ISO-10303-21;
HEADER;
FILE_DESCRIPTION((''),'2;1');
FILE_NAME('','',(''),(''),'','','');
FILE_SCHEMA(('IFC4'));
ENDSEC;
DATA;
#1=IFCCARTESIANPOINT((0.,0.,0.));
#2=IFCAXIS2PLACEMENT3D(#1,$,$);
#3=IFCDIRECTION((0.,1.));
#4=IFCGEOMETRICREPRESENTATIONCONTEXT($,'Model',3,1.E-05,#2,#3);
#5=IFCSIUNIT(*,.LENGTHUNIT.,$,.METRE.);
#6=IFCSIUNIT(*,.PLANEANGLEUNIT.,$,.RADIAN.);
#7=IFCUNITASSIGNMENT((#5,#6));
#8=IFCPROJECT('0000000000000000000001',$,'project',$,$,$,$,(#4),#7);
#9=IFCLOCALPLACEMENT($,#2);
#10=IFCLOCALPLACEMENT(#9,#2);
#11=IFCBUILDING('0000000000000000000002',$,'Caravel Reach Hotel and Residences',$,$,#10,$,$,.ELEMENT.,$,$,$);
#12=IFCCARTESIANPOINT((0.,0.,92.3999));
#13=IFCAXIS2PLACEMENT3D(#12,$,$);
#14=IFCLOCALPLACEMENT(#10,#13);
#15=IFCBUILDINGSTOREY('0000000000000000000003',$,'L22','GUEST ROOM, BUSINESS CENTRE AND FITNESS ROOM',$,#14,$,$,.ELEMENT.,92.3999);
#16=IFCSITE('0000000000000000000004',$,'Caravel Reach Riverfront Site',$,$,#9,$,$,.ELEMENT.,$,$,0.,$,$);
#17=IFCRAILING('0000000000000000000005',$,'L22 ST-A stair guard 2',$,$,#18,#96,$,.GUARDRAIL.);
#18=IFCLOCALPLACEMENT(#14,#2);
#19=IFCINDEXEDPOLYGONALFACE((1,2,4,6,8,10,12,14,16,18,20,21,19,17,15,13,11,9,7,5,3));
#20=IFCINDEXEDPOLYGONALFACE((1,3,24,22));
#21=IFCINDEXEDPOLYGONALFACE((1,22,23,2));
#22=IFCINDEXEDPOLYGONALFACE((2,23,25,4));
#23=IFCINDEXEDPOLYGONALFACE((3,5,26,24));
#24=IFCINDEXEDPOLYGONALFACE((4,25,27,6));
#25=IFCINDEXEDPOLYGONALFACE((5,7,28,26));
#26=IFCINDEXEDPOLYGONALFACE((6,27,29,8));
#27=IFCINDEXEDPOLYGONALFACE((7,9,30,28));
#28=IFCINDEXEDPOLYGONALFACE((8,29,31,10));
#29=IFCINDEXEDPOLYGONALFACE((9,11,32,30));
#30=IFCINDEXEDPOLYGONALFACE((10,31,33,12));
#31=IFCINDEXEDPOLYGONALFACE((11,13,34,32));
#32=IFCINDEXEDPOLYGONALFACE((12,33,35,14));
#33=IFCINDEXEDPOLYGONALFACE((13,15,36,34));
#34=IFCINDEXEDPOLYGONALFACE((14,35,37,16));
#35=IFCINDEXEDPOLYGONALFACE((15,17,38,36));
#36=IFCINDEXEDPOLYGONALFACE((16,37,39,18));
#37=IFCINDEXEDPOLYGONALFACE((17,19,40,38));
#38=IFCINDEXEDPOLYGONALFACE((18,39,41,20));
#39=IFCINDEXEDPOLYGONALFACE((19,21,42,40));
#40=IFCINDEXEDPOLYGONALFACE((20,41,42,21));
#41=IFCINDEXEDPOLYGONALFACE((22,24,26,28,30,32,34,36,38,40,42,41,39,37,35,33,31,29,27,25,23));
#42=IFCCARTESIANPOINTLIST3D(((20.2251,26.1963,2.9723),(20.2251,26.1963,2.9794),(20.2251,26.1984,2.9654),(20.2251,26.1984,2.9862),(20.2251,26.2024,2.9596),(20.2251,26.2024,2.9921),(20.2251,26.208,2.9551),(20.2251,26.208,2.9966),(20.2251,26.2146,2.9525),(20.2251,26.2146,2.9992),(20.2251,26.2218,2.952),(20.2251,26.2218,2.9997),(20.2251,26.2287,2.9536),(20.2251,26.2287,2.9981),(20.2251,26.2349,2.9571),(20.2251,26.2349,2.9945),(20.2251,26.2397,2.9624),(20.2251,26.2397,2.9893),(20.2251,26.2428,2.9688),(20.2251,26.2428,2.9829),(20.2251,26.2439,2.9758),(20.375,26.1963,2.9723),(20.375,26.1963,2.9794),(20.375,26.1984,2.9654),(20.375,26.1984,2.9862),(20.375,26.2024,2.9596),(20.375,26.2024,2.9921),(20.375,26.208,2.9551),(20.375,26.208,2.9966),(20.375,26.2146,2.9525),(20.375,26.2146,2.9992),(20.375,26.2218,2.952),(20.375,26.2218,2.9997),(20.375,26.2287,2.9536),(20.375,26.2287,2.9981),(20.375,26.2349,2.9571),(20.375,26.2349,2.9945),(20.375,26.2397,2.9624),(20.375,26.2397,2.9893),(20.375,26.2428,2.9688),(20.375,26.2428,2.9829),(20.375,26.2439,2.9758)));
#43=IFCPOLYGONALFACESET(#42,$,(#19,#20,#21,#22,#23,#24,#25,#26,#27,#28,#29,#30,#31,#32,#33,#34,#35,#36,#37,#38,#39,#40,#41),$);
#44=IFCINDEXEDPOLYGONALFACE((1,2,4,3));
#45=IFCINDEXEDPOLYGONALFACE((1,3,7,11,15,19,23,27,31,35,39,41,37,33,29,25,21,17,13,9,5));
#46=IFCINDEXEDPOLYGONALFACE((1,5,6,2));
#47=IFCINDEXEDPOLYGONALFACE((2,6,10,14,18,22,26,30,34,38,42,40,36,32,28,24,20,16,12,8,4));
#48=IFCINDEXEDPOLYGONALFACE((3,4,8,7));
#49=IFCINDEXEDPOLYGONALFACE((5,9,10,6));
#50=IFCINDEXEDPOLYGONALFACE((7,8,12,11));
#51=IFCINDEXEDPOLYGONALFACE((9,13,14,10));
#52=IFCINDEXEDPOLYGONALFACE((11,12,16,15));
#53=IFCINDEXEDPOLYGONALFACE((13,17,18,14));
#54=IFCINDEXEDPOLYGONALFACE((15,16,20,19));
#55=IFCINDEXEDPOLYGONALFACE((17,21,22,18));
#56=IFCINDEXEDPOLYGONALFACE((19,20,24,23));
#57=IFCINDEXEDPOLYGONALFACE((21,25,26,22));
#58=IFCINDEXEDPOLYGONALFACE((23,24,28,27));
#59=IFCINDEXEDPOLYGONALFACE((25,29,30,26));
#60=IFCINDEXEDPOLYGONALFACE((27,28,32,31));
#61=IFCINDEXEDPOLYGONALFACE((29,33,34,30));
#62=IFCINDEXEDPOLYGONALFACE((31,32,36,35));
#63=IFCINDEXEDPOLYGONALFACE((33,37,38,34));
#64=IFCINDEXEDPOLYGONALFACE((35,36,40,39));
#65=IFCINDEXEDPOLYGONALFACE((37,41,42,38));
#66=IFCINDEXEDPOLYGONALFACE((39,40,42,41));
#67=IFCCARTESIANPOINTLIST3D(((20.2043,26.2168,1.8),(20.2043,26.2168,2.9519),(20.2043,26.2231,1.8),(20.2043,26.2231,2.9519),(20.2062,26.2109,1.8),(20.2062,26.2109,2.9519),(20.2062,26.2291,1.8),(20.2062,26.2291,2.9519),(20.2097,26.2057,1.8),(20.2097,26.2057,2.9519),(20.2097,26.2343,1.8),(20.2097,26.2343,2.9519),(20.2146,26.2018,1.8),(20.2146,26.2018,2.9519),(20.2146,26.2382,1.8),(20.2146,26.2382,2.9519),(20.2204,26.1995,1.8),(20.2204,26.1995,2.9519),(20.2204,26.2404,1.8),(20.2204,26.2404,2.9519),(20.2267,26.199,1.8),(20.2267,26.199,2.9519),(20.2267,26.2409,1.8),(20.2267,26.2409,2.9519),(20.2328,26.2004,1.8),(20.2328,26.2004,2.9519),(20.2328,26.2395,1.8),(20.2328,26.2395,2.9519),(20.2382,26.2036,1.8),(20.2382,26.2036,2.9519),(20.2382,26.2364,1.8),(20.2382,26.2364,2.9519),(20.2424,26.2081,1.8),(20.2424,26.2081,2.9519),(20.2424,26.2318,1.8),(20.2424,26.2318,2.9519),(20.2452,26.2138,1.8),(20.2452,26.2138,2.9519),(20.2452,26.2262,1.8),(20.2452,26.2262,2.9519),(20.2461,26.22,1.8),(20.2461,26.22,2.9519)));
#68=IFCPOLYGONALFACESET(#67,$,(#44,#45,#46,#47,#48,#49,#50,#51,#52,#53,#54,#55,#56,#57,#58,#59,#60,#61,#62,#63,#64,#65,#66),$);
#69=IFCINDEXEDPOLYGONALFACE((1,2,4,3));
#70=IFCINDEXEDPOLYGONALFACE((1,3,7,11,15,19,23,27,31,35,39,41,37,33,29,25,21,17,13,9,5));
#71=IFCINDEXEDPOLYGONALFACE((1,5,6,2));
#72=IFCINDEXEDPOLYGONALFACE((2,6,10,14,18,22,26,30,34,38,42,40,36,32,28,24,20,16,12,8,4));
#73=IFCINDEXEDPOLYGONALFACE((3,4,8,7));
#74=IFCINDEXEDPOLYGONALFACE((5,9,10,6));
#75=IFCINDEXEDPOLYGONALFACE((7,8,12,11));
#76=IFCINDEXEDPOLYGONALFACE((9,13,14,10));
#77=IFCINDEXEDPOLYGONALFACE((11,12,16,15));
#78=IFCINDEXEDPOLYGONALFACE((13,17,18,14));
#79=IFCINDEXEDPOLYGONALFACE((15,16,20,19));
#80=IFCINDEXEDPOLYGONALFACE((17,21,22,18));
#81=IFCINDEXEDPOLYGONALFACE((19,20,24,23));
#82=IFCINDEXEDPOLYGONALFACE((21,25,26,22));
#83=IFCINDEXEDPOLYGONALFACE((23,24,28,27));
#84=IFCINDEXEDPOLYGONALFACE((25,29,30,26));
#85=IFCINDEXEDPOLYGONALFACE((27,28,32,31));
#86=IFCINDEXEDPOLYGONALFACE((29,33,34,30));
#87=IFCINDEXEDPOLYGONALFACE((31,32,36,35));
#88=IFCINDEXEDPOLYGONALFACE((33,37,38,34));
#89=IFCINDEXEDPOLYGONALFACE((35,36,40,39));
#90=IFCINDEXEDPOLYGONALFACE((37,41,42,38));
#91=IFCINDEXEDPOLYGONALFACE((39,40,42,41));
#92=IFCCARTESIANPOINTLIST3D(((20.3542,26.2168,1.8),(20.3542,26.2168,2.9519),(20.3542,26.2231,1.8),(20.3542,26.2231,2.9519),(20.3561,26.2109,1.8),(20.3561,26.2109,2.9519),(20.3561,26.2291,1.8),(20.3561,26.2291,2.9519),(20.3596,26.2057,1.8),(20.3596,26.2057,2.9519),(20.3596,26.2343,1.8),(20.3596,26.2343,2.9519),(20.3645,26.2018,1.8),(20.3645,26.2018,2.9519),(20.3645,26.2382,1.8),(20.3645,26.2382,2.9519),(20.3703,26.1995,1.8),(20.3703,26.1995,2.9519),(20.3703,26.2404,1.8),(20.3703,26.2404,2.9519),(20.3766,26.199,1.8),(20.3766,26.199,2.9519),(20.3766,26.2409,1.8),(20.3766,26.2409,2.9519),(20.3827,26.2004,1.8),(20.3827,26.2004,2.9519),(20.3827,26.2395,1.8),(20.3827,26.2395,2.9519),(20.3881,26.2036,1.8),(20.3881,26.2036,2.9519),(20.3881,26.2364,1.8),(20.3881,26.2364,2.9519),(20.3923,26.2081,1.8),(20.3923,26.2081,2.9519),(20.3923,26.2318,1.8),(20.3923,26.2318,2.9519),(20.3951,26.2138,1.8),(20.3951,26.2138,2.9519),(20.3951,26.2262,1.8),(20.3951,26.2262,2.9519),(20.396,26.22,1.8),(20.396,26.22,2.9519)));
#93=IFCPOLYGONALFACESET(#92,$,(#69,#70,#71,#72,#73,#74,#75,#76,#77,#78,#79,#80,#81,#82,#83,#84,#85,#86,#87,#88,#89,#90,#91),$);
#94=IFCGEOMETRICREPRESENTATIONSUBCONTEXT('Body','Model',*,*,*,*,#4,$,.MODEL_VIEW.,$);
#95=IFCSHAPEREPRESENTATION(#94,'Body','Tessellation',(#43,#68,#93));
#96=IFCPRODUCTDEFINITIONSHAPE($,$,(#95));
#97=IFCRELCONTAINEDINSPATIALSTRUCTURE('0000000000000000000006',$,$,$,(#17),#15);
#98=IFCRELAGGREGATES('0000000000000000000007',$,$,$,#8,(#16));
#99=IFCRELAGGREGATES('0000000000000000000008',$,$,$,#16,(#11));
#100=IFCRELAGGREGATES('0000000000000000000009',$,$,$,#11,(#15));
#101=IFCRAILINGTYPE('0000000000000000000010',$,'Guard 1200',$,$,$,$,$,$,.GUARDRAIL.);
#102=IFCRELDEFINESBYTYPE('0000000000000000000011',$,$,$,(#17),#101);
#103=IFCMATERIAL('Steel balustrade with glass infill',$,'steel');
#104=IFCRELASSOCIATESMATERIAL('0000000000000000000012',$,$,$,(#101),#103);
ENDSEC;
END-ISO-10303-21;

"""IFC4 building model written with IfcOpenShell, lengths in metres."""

from ifc_helpers import new_model, si_unit, direction, frame, origin, origin_2d, place, context, subcontext, project, spatial, circle, extrude, material, type_object, element, save


model = new_model("IFC4")

# Units and contexts
model_context = context("Model", 3, precision=1e-05, world=origin(), true_north=direction((0.0, 1.0)))
body_context = subcontext(model_context, "Body", "Model", "MODEL_VIEW")
ifc_project = project(units=[si_unit("LENGTHUNIT", "METRE"), si_unit("PLANEANGLEUNIT", "RADIAN")], contexts=[model_context])

# Site, building, storey
site_placement = place(None, origin())
site = spatial("IfcSite", under=ifc_project, at=site_placement, Name="Caravel Reach Riverfront Site", CompositionType="ELEMENT", RefElevation=0.0)
building_placement = place(site_placement, origin())
building = spatial("IfcBuilding", under=site, at=building_placement, Name="Caravel Reach Hotel and Residences", CompositionType="ELEMENT")
storey_placement = place(building_placement, frame((0.0, 0.0, 92.3999)))
storey = spatial("IfcBuildingStorey", under=building, at=storey_placement, Name="L22", Description="GUEST ROOM, BUSINESS CENTRE AND FITNESS ROOM", CompositionType="ELEMENT", Elevation=92.3999)

# Railing
ifc_material_1 = material(Name="Steel balustrade with glass infill", Category="steel")
railing_type_1 = type_object("IfcRailingType", Name="Guard 1200", PredefinedType="GUARDRAIL", material=ifc_material_1)
railing_1_placement = place(storey_placement, frame((20.2251, 26.22, 1.8)))
element("IfcRailing", 1, at=railing_1_placement, inside=storey, type_object=railing_type_1, Name="L22 ST-A stair guard 2", PredefinedType="GUARDRAIL", context=body_context, shape_type="SweptSolid", body=[
    extrude(circle(Radius=0.0239, at=origin_2d()), frame((0.0, 0.0, 1.1758), z_axis=(1.0, 0.0, 0.0), x_axis=(0.0, 1.0, 0.0)), (0.0, 0.0, 1.0), 0.1499),
    extrude(circle(Radius=0.021, at=origin_2d()), origin(), (0.0, 0.0, 1.0), 1.1519),
    extrude(circle(Radius=0.021, at=origin_2d()), frame((0.1499, 0.0, 0.0)), (0.0, 0.0, 1.0), 1.1519),
])

save(model, "model.ifc")
